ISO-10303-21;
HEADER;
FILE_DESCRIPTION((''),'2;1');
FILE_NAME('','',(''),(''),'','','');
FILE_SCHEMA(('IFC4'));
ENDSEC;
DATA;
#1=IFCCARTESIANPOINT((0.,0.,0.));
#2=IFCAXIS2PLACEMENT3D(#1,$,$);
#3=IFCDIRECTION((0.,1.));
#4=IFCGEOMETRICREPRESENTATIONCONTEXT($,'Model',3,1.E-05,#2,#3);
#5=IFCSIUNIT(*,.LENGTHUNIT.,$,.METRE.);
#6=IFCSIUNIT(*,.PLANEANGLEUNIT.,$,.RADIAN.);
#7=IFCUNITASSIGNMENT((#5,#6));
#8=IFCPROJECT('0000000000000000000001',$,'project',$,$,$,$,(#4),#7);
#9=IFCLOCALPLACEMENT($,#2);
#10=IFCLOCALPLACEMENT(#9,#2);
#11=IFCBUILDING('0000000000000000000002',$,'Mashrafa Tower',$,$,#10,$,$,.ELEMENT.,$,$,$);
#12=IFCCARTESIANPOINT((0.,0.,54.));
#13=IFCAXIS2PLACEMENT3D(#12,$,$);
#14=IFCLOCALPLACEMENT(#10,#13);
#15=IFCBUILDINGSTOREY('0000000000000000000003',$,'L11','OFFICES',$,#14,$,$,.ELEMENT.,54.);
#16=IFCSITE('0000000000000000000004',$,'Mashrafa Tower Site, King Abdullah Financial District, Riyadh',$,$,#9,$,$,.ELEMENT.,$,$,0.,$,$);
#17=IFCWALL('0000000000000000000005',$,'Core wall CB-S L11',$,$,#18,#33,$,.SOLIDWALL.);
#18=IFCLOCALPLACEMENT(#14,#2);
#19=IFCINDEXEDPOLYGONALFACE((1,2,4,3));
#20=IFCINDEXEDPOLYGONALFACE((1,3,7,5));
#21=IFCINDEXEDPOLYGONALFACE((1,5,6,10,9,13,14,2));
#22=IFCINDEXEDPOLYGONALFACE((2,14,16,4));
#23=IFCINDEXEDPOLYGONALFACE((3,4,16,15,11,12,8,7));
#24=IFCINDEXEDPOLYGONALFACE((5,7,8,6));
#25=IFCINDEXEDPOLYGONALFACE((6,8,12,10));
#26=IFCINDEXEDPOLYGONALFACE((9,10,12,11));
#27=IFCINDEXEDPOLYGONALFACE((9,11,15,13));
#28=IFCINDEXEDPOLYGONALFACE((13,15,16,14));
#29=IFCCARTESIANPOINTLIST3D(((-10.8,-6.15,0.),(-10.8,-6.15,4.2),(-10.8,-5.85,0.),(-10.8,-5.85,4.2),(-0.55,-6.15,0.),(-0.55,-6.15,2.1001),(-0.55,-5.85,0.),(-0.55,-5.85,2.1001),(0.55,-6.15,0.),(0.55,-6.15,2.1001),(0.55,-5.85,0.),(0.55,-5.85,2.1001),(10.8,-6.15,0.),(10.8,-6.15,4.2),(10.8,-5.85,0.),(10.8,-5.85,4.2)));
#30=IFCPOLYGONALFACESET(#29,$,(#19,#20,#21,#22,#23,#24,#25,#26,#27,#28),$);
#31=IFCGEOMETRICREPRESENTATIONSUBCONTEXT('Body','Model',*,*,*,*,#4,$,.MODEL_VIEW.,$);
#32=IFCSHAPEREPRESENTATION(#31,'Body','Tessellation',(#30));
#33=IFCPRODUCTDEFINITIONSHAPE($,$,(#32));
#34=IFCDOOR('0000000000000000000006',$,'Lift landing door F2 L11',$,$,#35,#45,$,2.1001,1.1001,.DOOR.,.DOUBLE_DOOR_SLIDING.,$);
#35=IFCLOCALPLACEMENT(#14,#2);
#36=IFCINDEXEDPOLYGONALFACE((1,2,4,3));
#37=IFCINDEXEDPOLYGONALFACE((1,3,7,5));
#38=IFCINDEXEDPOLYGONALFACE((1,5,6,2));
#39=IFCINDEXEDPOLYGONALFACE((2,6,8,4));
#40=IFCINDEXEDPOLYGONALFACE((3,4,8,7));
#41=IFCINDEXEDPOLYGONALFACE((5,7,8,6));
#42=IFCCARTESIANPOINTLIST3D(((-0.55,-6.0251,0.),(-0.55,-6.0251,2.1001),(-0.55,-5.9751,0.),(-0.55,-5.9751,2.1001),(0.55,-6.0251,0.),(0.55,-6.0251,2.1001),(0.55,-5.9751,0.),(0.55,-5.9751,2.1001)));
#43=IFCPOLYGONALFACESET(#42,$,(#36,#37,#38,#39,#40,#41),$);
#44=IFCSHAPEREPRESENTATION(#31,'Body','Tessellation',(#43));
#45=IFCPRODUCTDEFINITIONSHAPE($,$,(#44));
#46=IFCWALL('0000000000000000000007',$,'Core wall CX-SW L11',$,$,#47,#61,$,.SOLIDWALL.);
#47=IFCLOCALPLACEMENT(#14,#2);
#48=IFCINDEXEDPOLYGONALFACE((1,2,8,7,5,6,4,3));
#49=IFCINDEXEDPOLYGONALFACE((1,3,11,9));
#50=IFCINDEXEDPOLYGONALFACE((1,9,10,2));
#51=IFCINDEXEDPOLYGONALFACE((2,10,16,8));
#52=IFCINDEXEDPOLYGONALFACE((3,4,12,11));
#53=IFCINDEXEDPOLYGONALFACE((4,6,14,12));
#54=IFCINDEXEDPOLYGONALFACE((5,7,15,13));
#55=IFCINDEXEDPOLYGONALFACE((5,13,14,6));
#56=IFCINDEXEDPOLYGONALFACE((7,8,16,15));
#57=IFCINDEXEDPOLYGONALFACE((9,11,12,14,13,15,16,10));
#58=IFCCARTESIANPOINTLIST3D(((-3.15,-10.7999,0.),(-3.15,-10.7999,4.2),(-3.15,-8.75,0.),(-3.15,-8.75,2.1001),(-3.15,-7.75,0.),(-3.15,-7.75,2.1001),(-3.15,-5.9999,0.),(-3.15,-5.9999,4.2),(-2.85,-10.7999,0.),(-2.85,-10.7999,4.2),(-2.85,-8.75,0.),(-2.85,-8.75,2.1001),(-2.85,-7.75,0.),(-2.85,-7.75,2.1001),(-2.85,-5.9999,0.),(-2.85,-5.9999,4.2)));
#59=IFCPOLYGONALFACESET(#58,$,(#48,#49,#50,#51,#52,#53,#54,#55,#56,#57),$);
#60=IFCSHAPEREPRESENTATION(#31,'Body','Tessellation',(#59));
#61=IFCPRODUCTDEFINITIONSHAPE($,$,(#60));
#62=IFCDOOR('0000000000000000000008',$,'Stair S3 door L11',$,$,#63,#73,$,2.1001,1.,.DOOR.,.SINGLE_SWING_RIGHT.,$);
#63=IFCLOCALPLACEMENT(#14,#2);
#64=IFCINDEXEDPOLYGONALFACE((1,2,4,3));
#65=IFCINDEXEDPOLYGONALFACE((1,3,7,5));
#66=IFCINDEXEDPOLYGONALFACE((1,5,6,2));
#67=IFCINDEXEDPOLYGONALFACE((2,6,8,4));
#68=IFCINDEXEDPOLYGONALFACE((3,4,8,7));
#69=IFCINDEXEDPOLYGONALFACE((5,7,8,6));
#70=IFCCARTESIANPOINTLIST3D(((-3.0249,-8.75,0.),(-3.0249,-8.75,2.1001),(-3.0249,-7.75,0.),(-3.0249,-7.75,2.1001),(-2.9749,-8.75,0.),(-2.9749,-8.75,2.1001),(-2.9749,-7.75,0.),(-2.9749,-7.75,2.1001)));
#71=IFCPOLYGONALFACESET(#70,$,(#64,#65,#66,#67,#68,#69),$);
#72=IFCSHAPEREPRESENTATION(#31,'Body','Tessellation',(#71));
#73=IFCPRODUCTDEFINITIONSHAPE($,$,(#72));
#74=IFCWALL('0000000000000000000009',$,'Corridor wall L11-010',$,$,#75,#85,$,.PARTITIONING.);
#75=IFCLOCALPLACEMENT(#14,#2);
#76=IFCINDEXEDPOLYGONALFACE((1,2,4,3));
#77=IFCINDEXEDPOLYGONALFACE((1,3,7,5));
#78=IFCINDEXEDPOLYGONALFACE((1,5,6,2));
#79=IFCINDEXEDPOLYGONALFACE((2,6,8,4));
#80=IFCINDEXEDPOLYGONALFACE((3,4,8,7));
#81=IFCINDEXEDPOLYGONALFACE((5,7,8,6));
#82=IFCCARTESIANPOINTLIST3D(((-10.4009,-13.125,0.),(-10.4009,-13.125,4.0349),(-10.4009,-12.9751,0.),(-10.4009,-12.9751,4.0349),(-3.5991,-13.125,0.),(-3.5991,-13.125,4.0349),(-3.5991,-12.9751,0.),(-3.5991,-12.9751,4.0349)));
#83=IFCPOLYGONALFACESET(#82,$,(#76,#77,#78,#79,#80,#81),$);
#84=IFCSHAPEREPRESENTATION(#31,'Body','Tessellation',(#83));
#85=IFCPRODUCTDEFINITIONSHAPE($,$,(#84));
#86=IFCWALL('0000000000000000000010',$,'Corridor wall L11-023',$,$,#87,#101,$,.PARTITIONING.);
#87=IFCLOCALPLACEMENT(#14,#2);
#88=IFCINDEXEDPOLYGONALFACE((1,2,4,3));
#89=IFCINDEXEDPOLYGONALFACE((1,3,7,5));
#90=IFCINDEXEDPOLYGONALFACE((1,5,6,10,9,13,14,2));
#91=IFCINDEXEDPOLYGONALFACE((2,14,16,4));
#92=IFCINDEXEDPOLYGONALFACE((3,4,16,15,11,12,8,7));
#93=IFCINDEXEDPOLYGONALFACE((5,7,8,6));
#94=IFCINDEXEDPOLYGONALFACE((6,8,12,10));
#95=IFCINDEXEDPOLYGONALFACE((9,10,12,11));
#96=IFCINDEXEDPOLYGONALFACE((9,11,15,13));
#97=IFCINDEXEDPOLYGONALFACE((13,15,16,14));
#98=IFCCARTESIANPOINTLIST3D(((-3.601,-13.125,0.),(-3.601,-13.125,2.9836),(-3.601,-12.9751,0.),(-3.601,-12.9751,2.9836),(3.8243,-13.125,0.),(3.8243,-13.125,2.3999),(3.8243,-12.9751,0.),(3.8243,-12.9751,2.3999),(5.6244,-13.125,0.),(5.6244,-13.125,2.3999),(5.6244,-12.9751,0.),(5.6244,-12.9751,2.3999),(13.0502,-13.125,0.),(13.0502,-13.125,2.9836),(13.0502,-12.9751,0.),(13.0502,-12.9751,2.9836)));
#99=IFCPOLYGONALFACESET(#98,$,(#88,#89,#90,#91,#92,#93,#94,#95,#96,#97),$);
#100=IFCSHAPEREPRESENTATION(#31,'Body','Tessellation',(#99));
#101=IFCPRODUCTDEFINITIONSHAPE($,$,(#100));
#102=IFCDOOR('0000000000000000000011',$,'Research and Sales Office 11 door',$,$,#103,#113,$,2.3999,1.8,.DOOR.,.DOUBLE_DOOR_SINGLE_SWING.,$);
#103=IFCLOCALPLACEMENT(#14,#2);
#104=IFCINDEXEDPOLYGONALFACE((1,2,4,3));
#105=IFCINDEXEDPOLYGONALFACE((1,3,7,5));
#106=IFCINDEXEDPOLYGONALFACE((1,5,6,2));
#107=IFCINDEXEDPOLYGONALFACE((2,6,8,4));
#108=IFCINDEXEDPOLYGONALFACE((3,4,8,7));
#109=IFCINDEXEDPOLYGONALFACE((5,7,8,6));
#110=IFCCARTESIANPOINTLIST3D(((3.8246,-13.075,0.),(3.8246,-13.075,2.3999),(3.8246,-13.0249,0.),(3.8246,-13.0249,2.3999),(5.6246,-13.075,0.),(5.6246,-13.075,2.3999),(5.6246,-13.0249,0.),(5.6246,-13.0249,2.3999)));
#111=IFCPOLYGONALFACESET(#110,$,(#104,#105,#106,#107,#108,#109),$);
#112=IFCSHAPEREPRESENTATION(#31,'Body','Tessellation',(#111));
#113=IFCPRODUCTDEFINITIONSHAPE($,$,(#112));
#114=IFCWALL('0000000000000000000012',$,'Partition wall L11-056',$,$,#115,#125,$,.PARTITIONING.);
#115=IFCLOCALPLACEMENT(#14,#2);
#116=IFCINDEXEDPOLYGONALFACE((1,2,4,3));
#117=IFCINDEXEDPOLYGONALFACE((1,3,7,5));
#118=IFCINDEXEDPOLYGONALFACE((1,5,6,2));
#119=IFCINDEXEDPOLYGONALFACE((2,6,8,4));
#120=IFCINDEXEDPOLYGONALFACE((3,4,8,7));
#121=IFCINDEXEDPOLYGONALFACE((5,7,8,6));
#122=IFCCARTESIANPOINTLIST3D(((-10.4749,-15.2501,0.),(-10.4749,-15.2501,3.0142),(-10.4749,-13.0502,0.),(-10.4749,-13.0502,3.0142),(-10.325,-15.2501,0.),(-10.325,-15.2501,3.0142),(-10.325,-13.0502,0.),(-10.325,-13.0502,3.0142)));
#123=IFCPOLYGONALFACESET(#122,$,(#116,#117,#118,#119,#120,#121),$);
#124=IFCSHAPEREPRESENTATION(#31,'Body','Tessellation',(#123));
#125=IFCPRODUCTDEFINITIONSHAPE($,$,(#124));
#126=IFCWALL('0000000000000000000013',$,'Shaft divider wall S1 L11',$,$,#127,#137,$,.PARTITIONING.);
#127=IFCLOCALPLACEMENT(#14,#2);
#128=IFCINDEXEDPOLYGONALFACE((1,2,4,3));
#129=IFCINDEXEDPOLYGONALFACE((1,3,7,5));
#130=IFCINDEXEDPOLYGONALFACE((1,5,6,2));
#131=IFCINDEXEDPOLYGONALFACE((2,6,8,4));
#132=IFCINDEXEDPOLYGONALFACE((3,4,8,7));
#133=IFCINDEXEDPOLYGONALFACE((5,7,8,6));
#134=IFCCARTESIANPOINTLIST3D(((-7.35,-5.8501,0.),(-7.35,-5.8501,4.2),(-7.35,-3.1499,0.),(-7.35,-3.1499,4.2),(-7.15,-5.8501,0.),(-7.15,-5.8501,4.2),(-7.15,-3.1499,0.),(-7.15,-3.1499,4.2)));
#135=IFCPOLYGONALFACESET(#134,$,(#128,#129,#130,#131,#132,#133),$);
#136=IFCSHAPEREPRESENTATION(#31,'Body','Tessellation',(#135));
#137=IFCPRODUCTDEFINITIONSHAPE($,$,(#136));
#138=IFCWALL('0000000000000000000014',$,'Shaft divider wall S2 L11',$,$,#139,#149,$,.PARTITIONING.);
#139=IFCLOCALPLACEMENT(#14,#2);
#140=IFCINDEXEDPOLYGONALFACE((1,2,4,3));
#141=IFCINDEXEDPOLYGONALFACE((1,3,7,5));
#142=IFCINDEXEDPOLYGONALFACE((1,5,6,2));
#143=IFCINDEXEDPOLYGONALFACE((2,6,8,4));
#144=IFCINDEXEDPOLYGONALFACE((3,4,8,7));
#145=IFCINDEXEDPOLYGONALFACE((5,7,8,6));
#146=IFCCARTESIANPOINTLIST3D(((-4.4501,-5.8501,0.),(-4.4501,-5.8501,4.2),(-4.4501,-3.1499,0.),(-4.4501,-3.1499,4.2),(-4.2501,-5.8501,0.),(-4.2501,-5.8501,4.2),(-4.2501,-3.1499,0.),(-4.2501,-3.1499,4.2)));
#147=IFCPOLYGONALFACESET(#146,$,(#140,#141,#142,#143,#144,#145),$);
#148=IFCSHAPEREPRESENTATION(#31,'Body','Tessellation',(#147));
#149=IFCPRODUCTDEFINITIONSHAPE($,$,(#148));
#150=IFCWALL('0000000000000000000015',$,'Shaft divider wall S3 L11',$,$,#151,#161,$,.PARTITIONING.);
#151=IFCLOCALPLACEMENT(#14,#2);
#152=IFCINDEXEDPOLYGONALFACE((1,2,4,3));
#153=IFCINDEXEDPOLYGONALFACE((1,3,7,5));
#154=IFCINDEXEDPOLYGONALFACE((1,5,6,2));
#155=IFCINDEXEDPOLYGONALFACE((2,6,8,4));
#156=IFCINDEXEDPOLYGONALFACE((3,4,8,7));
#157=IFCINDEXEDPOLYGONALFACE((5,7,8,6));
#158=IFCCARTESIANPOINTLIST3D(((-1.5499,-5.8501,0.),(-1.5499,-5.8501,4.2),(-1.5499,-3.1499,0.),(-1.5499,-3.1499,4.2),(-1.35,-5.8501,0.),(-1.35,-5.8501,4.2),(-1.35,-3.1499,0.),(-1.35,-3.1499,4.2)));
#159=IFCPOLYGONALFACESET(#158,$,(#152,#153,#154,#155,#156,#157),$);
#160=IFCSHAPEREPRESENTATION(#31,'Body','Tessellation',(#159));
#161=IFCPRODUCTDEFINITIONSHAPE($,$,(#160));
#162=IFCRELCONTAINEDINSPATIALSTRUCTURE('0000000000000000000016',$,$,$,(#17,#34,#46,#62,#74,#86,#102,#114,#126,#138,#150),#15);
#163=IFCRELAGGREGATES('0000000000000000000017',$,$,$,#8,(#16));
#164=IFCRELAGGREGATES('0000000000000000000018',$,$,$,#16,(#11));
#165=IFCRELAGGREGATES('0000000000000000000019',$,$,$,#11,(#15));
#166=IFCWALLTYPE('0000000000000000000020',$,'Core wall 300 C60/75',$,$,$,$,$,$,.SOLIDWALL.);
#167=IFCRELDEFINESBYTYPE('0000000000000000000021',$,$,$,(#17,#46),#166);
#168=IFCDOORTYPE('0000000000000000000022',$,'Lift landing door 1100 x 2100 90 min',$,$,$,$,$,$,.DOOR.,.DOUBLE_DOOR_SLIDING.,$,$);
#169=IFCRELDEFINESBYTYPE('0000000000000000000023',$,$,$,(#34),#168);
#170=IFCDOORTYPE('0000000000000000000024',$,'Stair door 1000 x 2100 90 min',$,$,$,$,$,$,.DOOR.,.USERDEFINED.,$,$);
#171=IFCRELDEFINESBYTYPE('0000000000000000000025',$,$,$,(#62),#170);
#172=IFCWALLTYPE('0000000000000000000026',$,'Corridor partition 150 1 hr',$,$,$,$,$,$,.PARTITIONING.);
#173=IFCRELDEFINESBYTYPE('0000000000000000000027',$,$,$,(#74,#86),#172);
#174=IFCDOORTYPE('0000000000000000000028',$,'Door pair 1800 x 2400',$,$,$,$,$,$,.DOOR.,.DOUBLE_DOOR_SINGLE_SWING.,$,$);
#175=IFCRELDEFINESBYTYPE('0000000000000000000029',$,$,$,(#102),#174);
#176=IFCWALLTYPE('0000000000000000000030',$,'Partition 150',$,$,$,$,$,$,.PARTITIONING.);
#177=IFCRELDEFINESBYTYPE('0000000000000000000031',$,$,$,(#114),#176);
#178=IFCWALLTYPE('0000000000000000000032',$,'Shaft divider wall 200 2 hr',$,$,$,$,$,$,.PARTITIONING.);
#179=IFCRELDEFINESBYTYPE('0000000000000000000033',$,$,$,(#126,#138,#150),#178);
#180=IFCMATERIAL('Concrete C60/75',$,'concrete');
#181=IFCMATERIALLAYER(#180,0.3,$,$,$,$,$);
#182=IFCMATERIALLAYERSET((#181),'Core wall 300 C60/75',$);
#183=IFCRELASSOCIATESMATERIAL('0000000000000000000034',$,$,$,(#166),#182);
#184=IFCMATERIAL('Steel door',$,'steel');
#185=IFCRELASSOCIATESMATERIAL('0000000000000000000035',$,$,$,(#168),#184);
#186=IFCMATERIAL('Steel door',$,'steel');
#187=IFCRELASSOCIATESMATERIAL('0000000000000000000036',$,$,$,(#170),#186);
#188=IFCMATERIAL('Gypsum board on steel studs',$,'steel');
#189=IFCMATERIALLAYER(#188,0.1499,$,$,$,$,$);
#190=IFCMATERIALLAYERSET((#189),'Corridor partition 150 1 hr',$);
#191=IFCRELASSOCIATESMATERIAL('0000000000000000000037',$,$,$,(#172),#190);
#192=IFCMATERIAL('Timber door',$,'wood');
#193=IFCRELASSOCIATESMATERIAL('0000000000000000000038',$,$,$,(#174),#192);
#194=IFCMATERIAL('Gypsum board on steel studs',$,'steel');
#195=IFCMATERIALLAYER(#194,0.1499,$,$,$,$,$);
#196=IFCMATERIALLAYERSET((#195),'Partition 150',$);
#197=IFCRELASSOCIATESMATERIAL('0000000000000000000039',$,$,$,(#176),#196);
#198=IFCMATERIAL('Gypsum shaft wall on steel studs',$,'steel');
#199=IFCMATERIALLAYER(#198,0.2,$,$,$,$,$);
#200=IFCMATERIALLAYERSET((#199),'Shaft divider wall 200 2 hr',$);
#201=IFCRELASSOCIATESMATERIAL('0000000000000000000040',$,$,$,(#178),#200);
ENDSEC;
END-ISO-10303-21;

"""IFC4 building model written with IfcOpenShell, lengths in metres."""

from ifc_helpers import new_model, si_unit, direction, frame, frame_2d, origin, place, context, subcontext, project, spatial, rectangle, extrude, material, layer, layer_set, type_object, element, fill, save


model = new_model("IFC4")

# Units and contexts
model_context = context("Model", 3, precision=1e-05, world=origin(), true_north=direction((0.0, 1.0)))
body_context = subcontext(model_context, "Body", "Model", "MODEL_VIEW")
ifc_project = project(units=[si_unit("LENGTHUNIT", "METRE"), si_unit("PLANEANGLEUNIT", "RADIAN")], contexts=[model_context])

# Site, building, storey
site_placement = place(None, origin())
site = spatial("IfcSite", under=ifc_project, at=site_placement, Name="Mashrafa Tower Site, King Abdullah Financial District, Riyadh", CompositionType="ELEMENT", RefElevation=0.0)
building_placement = place(site_placement, origin())
building = spatial("IfcBuilding", under=site, at=building_placement, Name="Mashrafa Tower", CompositionType="ELEMENT")
storey_placement = place(building_placement, frame((0.0, 0.0, 54.0)))
storey = spatial("IfcBuildingStorey", under=building, at=storey_placement, Name="L11", Description="OFFICES", CompositionType="ELEMENT", Elevation=54.0)

# Shared definitions
ifc_material_1 = material(Name="Concrete C60/75", Category="concrete")
ifc_layer_1 = layer(ifc_material_1, 0.3)
ifc_layer_set_1 = layer_set([ifc_layer_1], Name="Core wall 300 C60/75")
wall_type_1 = type_object("IfcWallType", Name="Core wall 300 C60/75", PredefinedType="SOLIDWALL", material=ifc_layer_set_1)

# Walls, openings, doors
wall_1_placement = place(storey_placement, frame((-10.8, -6.0, 0.0), z_axis=(0.0, 0.0, 1.0), x_axis=(1.0, 0.0, 0.0)))
wall_1 = element("IfcWall", 1, at=wall_1_placement, inside=storey, type_object=wall_type_1, Name="Core wall CB-S L11", PredefinedType="SOLIDWALL", context=body_context, shape_type="SweptSolid", body=[
    extrude(rectangle(XDim=21.6001, YDim=0.3, at=frame_2d((10.8, 0.0))), origin(), (0.0, 0.0, 1.0), 4.2),
])
opening_1_placement = place(wall_1_placement, frame((10.25, 0.0, 0.0)))
opening_1 = element("IfcOpeningElement", 2, at=opening_1_placement, cuts=wall_1, PredefinedType="OPENING", context=body_context, shape_type="SweptSolid", body=[
    extrude(rectangle(XDim=1.1001, YDim=2.1001, at=frame_2d((0.55, 1.05))), frame((0.0, 0.1599, 0.0), z_axis=(0.0, -1.0, 0.0), x_axis=(1.0, 0.0, 0.0)), (0.0, 0.0, 1.0), 0.3201),
])
ifc_material_2 = material(Name="Steel door", Category="steel")
door_type_1 = type_object("IfcDoorType", Name="Lift landing door 1100 x 2100 90 min", OperationType="DOUBLE_DOOR_SLIDING", PredefinedType="DOOR", material=ifc_material_2)
door_1_placement = place(opening_1_placement, origin())
door_1 = element("IfcDoor", 3, at=door_1_placement, inside=storey, type_object=door_type_1, Name="Lift landing door F2 L11", OperationType="DOUBLE_DOOR_SLIDING", OverallHeight=2.1001, OverallWidth=1.1001, PredefinedType="DOOR", context=body_context, shape_type="SweptSolid", body=[
    extrude(rectangle(XDim=1.1001, YDim=2.1001, at=frame_2d((0.55, 1.05))), frame((0.0, 0.0249, 0.0), z_axis=(0.0, -1.0, 0.0), x_axis=(1.0, 0.0, 0.0)), (0.0, 0.0, 1.0), 0.05),
])
fill(opening_1, door_1)
wall_2_placement = place(storey_placement, frame((-3.0, -6.0, 0.0), z_axis=(0.0, 0.0, 1.0), x_axis=(0.0, -1.0, 0.0)))
wall_2 = element("IfcWall", 4, at=wall_2_placement, inside=storey, type_object=wall_type_1, Name="Core wall CX-SW L11", PredefinedType="SOLIDWALL", context=body_context, shape_type="SweptSolid", body=[
    extrude(rectangle(XDim=4.8, YDim=0.3, at=frame_2d((2.3999, 0.0))), origin(), (0.0, 0.0, 1.0), 4.2),
])
opening_2_placement = place(wall_2_placement, frame((1.75, 0.0, 0.0)))
opening_2 = element("IfcOpeningElement", 5, at=opening_2_placement, cuts=wall_2, PredefinedType="OPENING", context=body_context, shape_type="SweptSolid", body=[
    extrude(rectangle(XDim=1.0, YDim=2.1001, at=frame_2d((0.5, 1.05))), frame((0.0, 0.1599, 0.0), z_axis=(0.0, -1.0, 0.0), x_axis=(1.0, 0.0, 0.0)), (0.0, 0.0, 1.0), 0.3201),
])
ifc_material_3 = material(Name="Steel door", Category="steel")
door_type_2 = type_object("IfcDoorType", Name="Stair door 1000 x 2100 90 min", OperationType="USERDEFINED", PredefinedType="DOOR", material=ifc_material_3)
door_2_placement = place(opening_2_placement, frame((1.0, 0.0, 0.0), z_axis=(0.0, 0.0, 1.0), x_axis=(-1.0, 0.0, 0.0)))
door_2 = element("IfcDoor", 6, at=door_2_placement, inside=storey, type_object=door_type_2, Name="Stair S3 door L11", OperationType="SINGLE_SWING_RIGHT", OverallHeight=2.1001, OverallWidth=1.0, PredefinedType="DOOR", context=body_context, shape_type="SweptSolid", body=[
    extrude(rectangle(XDim=1.0, YDim=2.1001, at=frame_2d((0.5, 1.05))), frame((0.0, 0.0249, 0.0), z_axis=(0.0, -1.0, 0.0), x_axis=(1.0, 0.0, 0.0)), (0.0, 0.0, 1.0), 0.05),
])
fill(opening_2, door_2)

# Wall
ifc_material_4 = material(Name="Gypsum board on steel studs", Category="steel")
ifc_layer_2 = layer(ifc_material_4, 0.1499)
ifc_layer_set_2 = layer_set([ifc_layer_2], Name="Corridor partition 150 1 hr")
wall_type_2 = type_object("IfcWallType", Name="Corridor partition 150 1 hr", PredefinedType="PARTITIONING", material=ifc_layer_set_2)
wall_3_placement = place(storey_placement, frame((-10.4009, -13.05, 0.0), z_axis=(0.0, 0.0, 1.0), x_axis=(1.0, 0.0, 0.0)))
element("IfcWall", 7, at=wall_3_placement, inside=storey, type_object=wall_type_2, Name="Corridor wall L11-010", PredefinedType="PARTITIONING", context=body_context, shape_type="SweptSolid", body=[
    extrude(rectangle(XDim=6.8018, YDim=0.1499, at=frame_2d((3.4009, 0.0))), origin(), (0.0, 0.0, 1.0), 4.0349),
])

# Wall, opening, door
wall_4_placement = place(storey_placement, frame((-3.6011, -13.05, 0.0), z_axis=(0.0, 0.0, 1.0), x_axis=(1.0, 0.0, 0.0)))
wall_4 = element("IfcWall", 8, at=wall_4_placement, inside=storey, type_object=wall_type_2, Name="Corridor wall L11-023", PredefinedType="PARTITIONING", context=body_context, shape_type="SweptSolid", body=[
    extrude(rectangle(XDim=16.6511, YDim=0.1499, at=frame_2d((8.3257, 0.0))), origin(), (0.0, 0.0, 1.0), 2.9836),
])
opening_3_placement = place(wall_4_placement, frame((7.4255, 0.0, 0.0)))
opening_3 = element("IfcOpeningElement", 9, at=opening_3_placement, cuts=wall_4, PredefinedType="OPENING", context=body_context, shape_type="SweptSolid", body=[
    extrude(rectangle(XDim=1.8, YDim=2.3999, at=frame_2d((0.8999, 1.2))), frame((0.0, 0.085, 0.0), z_axis=(0.0, -1.0, 0.0), x_axis=(1.0, 0.0, 0.0)), (0.0, 0.0, 1.0), 0.1699),
])
ifc_material_5 = material(Name="Timber door", Category="wood")
door_type_3 = type_object("IfcDoorType", Name="Door pair 1800 x 2400", OperationType="DOUBLE_DOOR_SINGLE_SWING", PredefinedType="DOOR", material=ifc_material_5)
door_3_placement = place(opening_3_placement, frame((1.8, 0.0, 0.0), z_axis=(0.0, 0.0, 1.0), x_axis=(-1.0, 0.0, 0.0)))
door_3 = element("IfcDoor", 10, at=door_3_placement, inside=storey, type_object=door_type_3, Name="Research and Sales Office 11 door", OperationType="DOUBLE_DOOR_SINGLE_SWING", OverallHeight=2.3999, OverallWidth=1.8, PredefinedType="DOOR", context=body_context, shape_type="SweptSolid", body=[
    extrude(rectangle(XDim=1.8, YDim=2.3999, at=frame_2d((0.8999, 1.2))), frame((0.0, 0.0249, 0.0), z_axis=(0.0, -1.0, 0.0), x_axis=(1.0, 0.0, 0.0)), (0.0, 0.0, 1.0), 0.05),
])
fill(opening_3, door_3)

# Walls
ifc_material_6 = material(Name="Gypsum board on steel studs", Category="steel")
ifc_layer_3 = layer(ifc_material_6, 0.1499)
ifc_layer_set_3 = layer_set([ifc_layer_3], Name="Partition 150")
wall_type_3 = type_object("IfcWallType", Name="Partition 150", PredefinedType="PARTITIONING", material=ifc_layer_set_3)
wall_5_placement = place(storey_placement, frame((-10.3999, -13.05, 0.0), z_axis=(0.0, 0.0, 1.0), x_axis=(0.0, -1.0, 0.0)))
element("IfcWall", 11, at=wall_5_placement, inside=storey, type_object=wall_type_3, Name="Partition wall L11-056", PredefinedType="PARTITIONING", context=body_context, shape_type="SweptSolid", body=[
    extrude(rectangle(XDim=2.2, YDim=0.1499, at=frame_2d((1.1001, 0.0))), origin(), (0.0, 0.0, 1.0), 3.0142),
])
ifc_material_7 = material(Name="Gypsum shaft wall on steel studs", Category="steel")
ifc_layer_4 = layer(ifc_material_7, 0.2)
ifc_layer_set_4 = layer_set([ifc_layer_4], Name="Shaft divider wall 200 2 hr")
wall_type_4 = type_object("IfcWallType", Name="Shaft divider wall 200 2 hr", PredefinedType="PARTITIONING", material=ifc_layer_set_4)
for number, where, z_axis, x_axis, name in (
    (12, (-7.25, -5.8501, 0.0), (0.0, 0.0, 1.0), (0.0, 1.0, 0.0), "Shaft divider wall S1 L11"),
    (13, (-4.3501, -5.8501, 0.0), (0.0, 0.0, 1.0), (0.0, 1.0, 0.0), "Shaft divider wall S2 L11"),
    (14, (-1.45, -5.8501, 0.0), (0.0, 0.0, 1.0), (0.0, 1.0, 0.0), "Shaft divider wall S3 L11"),
):
    element("IfcWall", number, at=place(storey_placement, frame(where, z_axis=z_axis, x_axis=x_axis)), inside=storey, type_object=wall_type_4, Name=name, PredefinedType="PARTITIONING", context=body_context, shape_type="SweptSolid", body=[
        extrude(rectangle(XDim=2.7002, YDim=0.2, at=frame_2d((1.3501, 0.0))), origin(), (0.0, 0.0, 1.0), 4.2),
    ])

save(model, "model.ifc")
